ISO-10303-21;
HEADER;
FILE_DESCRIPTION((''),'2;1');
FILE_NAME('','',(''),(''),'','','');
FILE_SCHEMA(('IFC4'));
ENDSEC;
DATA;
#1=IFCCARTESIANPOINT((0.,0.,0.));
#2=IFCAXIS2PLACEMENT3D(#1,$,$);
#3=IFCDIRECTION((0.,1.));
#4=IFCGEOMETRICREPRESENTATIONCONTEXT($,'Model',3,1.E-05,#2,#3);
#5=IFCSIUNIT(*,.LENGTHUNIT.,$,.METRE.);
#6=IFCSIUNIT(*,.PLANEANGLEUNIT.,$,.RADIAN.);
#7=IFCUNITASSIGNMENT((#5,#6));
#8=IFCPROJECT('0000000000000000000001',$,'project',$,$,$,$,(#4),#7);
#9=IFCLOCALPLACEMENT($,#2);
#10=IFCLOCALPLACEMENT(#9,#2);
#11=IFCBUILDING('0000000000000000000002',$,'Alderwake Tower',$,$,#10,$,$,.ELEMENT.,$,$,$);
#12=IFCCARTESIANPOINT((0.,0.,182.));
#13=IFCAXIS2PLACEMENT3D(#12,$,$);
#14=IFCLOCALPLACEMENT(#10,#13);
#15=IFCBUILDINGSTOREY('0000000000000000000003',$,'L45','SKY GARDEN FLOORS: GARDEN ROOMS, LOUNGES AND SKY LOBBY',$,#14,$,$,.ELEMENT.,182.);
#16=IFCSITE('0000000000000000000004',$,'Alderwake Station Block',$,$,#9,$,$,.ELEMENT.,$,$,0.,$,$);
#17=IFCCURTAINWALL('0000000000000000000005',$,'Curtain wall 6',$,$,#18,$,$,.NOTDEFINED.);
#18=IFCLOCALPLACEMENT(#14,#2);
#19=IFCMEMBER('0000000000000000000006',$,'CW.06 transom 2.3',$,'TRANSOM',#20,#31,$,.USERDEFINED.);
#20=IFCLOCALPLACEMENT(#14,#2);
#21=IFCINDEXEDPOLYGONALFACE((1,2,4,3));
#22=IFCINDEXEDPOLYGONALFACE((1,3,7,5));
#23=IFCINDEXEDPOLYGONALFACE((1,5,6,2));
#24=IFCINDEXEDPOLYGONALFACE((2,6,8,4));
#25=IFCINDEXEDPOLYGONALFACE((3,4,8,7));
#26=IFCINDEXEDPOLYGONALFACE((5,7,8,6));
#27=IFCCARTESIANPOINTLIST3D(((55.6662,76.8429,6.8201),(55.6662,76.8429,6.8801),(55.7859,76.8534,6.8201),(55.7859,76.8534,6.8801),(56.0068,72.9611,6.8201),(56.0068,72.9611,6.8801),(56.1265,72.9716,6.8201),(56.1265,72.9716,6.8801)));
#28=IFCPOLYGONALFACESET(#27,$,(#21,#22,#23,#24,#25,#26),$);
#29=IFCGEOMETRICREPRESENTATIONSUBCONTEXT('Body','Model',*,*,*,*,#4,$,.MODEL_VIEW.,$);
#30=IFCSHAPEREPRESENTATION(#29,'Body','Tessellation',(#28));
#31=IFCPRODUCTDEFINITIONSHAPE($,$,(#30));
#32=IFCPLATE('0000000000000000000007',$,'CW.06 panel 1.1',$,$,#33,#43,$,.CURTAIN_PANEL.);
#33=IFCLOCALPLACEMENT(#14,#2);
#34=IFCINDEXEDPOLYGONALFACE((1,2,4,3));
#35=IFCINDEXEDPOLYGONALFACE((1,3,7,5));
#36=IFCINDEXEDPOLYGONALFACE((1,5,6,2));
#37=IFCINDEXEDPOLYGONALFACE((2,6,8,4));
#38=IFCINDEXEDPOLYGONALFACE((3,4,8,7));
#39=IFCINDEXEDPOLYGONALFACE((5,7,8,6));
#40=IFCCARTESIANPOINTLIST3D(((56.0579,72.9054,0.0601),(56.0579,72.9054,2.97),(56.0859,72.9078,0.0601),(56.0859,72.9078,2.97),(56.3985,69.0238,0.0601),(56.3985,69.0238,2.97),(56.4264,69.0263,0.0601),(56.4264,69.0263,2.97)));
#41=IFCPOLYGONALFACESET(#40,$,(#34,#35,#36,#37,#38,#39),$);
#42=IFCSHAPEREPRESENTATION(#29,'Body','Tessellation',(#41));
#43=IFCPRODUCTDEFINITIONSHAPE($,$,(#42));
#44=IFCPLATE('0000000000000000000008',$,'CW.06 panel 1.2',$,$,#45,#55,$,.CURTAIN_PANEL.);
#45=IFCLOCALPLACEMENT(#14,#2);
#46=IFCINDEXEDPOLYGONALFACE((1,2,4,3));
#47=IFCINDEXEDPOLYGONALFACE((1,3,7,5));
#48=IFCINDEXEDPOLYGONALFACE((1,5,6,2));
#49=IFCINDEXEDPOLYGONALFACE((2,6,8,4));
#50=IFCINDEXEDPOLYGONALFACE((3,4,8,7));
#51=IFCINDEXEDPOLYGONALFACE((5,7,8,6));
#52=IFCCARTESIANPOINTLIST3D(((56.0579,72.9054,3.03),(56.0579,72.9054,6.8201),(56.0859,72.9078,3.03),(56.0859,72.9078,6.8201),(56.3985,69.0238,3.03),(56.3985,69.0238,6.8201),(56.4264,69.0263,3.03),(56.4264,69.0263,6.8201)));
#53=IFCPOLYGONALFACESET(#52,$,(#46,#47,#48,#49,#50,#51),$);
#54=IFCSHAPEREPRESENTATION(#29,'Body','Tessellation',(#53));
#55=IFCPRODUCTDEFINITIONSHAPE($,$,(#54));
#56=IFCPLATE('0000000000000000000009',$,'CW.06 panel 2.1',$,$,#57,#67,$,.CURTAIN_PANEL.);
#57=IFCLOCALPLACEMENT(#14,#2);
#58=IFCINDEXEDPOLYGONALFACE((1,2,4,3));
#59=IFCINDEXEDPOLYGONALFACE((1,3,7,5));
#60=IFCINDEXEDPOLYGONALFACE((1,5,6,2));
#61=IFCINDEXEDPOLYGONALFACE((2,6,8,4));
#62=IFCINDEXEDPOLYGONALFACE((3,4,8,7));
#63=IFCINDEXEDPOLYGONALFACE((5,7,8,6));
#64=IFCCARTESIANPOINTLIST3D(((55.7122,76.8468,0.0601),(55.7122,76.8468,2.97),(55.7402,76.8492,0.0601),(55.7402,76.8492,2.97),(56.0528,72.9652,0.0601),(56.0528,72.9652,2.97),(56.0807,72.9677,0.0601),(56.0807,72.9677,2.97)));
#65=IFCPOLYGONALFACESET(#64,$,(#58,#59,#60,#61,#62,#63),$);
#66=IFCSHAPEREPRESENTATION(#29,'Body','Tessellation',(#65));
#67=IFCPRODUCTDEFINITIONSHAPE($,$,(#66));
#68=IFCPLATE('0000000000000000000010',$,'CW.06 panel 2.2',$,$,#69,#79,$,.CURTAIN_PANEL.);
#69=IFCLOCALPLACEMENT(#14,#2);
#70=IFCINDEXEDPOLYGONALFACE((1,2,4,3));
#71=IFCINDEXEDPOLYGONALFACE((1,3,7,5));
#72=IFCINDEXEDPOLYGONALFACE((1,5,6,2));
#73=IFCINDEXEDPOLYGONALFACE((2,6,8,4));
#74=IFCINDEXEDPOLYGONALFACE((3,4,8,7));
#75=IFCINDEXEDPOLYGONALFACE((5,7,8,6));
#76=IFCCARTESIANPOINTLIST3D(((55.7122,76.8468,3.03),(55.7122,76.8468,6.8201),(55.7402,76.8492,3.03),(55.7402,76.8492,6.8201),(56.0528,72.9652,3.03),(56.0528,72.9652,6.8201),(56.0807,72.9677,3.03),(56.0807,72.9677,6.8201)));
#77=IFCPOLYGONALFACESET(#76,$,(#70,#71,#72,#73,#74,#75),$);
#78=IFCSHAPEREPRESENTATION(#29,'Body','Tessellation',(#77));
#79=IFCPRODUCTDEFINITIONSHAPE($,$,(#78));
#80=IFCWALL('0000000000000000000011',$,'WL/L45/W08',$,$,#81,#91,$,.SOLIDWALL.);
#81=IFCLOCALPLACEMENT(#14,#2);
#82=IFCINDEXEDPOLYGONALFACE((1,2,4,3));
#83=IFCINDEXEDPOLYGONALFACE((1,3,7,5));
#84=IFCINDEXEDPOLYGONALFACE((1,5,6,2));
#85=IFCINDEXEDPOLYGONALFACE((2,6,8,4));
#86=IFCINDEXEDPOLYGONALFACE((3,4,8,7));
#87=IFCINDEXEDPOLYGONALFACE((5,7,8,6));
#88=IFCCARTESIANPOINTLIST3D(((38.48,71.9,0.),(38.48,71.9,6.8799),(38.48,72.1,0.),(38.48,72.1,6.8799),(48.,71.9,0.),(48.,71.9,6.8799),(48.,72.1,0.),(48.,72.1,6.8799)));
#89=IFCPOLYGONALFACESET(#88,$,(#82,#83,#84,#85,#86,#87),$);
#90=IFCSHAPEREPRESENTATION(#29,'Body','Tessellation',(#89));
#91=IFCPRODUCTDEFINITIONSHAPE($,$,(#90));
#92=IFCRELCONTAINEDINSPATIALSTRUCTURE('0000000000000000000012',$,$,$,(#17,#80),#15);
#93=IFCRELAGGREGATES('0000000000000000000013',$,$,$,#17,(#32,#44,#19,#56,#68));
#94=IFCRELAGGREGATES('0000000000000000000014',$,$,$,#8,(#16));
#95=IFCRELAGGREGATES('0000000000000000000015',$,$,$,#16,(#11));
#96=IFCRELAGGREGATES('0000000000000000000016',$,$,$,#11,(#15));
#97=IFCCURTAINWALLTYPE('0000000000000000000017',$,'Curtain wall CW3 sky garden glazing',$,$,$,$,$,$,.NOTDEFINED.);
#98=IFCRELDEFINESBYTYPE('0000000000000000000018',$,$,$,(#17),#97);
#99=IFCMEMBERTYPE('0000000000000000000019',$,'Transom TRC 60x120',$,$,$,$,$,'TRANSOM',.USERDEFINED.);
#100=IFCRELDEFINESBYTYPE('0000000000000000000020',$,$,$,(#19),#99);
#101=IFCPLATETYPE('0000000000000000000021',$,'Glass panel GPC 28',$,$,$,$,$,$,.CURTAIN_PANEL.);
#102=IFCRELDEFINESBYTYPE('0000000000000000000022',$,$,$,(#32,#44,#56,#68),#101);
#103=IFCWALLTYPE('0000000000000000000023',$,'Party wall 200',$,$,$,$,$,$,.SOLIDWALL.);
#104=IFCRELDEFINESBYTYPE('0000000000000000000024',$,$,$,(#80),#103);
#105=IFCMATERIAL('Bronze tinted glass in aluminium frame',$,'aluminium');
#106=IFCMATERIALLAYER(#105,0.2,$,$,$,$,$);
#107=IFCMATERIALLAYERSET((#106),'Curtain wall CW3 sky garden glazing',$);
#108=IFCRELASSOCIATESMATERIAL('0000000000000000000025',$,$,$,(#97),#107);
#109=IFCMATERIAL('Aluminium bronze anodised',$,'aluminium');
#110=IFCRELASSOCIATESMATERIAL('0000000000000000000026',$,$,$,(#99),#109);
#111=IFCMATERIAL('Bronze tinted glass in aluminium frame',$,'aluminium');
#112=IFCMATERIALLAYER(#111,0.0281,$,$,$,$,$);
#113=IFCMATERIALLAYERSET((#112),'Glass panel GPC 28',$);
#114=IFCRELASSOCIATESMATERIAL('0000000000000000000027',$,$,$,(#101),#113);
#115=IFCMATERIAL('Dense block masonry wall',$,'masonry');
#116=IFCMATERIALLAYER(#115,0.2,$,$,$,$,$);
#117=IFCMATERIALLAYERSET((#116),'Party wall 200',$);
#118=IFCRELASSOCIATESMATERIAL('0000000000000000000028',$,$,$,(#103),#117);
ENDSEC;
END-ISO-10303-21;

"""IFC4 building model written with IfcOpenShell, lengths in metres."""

from ifc_helpers import new_model, si_unit, direction, frame, frame_2d, origin, origin_2d, place, context, subcontext, project, spatial, rectangle, extrude, material, layer, layer_set, material_profile, profile_set, type_object, element, aggregate, save


model = new_model("IFC4")

# Units and contexts
model_context = context("Model", 3, precision=1e-05, world=origin(), true_north=direction((0.0, 1.0)))
body_context = subcontext(model_context, "Body", "Model", "MODEL_VIEW")
ifc_project = project(units=[si_unit("LENGTHUNIT", "METRE"), si_unit("PLANEANGLEUNIT", "RADIAN")], contexts=[model_context])

# Site, building, storey
site_placement = place(None, origin())
site = spatial("IfcSite", under=ifc_project, at=site_placement, Name="Alderwake Station Block", CompositionType="ELEMENT", RefElevation=0.0)
building_placement = place(site_placement, origin())
building = spatial("IfcBuilding", under=site, at=building_placement, Name="Alderwake Tower", CompositionType="ELEMENT")
storey_placement = place(building_placement, frame((0.0, 0.0, 182.0)))
storey = spatial("IfcBuildingStorey", under=building, at=storey_placement, Name="L45", Description="SKY GARDEN FLOORS: GARDEN ROOMS, LOUNGES AND SKY LOBBY", CompositionType="ELEMENT", Elevation=182.0)

# Shared definitions
ifc_material_1 = material(Name="Bronze tinted glass in aluminium frame", Category="aluminium")
ifc_layer_1 = layer(ifc_material_1, 0.2)
ifc_layer_set_1 = layer_set([ifc_layer_1], Name="Curtain wall CW3 sky garden glazing")
curtain_wall_type = type_object("IfcCurtainWallType", Name="Curtain wall CW3 sky garden glazing", PredefinedType="NOTDEFINED", material=ifc_layer_set_1)

# Curtain wall, member, plates
curtain_wall_1_placement = place(storey_placement, origin())
curtain_wall_1 = element("IfcCurtainWall", 1, at=curtain_wall_1_placement, inside=storey, type_object=curtain_wall_type, Name="Curtain wall 6", PredefinedType="NOTDEFINED")
ifc_material_2 = material(Name="Aluminium bronze anodised", Category="aluminium")
ifc_material_profile_1 = material_profile(ifc_material_2, rectangle(XDim=0.1201, YDim=0.0601, at=origin_2d()), Name="Transom TRC 60x120")
ifc_profile_set_1 = profile_set([ifc_material_profile_1], Name="Aluminium bronze anodised")
member_type_1 = type_object("IfcMemberType", Name="Transom TRC 60x120", ElementType="TRANSOM", PredefinedType="USERDEFINED", material=ifc_profile_set_1)
member_1_placement = place(storey_placement, frame((56.0667, 72.9663, 6.8501), z_axis=(-0.0874, 0.996173, 0.0), x_axis=(-0.996173, -0.0874, 0.0)))
member_1 = element("IfcMember", 2, at=member_1_placement, type_object=member_type_1, Name="CW.06 transom 2.3", ObjectType="TRANSOM", PredefinedType="USERDEFINED", context=body_context, shape_type="SweptSolid", body=[
    extrude(rectangle(XDim=0.1201, YDim=0.0601, at=origin_2d()), origin(), (0.0, 0.0, 1.0), 3.8967),
])
ifc_material_3 = material(Name="Bronze tinted glass in aluminium frame", Category="aluminium")
ifc_layer_2 = layer(ifc_material_3, 0.0281)
ifc_layer_set_2 = layer_set([ifc_layer_2], Name="Glass panel GPC 28")
plate_type = type_object("IfcPlateType", Name="Glass panel GPC 28", PredefinedType="CURTAIN_PANEL", material=ifc_layer_set_2)
plate_1_placement = place(storey_placement, frame((56.2422, 70.9658, 0.0601), z_axis=(0.0, 0.0, 1.0), x_axis=(-0.087394, 0.996174, 0.0)))
plate_1 = element("IfcPlate", 3, at=plate_1_placement, type_object=plate_type, Name="CW.06 panel 1.1", PredefinedType="CURTAIN_PANEL", context=body_context, shape_type="SweptSolid", body=[
    extrude(rectangle(XDim=3.8965, YDim=0.0281, at=origin_2d()), origin(), (0.0, 0.0, 1.0), 2.9099),
])
plate_2_placement = place(storey_placement, frame((56.2422, 70.9658, 3.03), z_axis=(0.0, 0.0, 1.0), x_axis=(-0.087394, 0.996174, 0.0)))
plate_2 = element("IfcPlate", 4, at=plate_2_placement, type_object=plate_type, Name="CW.06 panel 1.2", PredefinedType="CURTAIN_PANEL", context=body_context, shape_type="SweptSolid", body=[
    extrude(rectangle(XDim=3.8965, YDim=0.0281, at=origin_2d()), origin(), (0.0, 0.0, 1.0), 3.79),
])
plate_3_placement = place(storey_placement, frame((55.8965, 74.9072, 0.0601), z_axis=(0.0, 0.0, 1.0), x_axis=(-0.087394, 0.996174, 0.0)))
plate_3 = element("IfcPlate", 5, at=plate_3_placement, type_object=plate_type, Name="CW.06 panel 2.1", PredefinedType="CURTAIN_PANEL", context=body_context, shape_type="SweptSolid", body=[
    extrude(rectangle(XDim=3.8965, YDim=0.0281, at=origin_2d()), origin(), (0.0, 0.0, 1.0), 2.9099),
])
plate_4_placement = place(storey_placement, frame((55.8965, 74.9072, 3.03), z_axis=(0.0, 0.0, 1.0), x_axis=(-0.087394, 0.996174, 0.0)))
plate_4 = element("IfcPlate", 6, at=plate_4_placement, type_object=plate_type, Name="CW.06 panel 2.2", PredefinedType="CURTAIN_PANEL", context=body_context, shape_type="SweptSolid", body=[
    extrude(rectangle(XDim=3.8965, YDim=0.0281, at=origin_2d()), origin(), (0.0, 0.0, 1.0), 3.79),
])
aggregate(curtain_wall_1, [plate_1, plate_2, member_1, plate_3, plate_4])

# Wall
ifc_material_4 = material(Name="Dense block masonry wall", Category="masonry")
ifc_layer_3 = layer(ifc_material_4, 0.2)
ifc_layer_set_3 = layer_set([ifc_layer_3], Name="Party wall 200")
wall_type_1 = type_object("IfcWallType", Name="Party wall 200", PredefinedType="SOLIDWALL", material=ifc_layer_set_3)
wall_1_placement = place(storey_placement, frame((48.0, 72.0, 0.0), z_axis=(0.0, 0.0, 1.0), x_axis=(-1.0, 0.0, 0.0)))
element("IfcWall", 7, at=wall_1_placement, inside=storey, type_object=wall_type_1, Name="WL/L45/W08", PredefinedType="SOLIDWALL", context=body_context, shape_type="SweptSolid", body=[
    extrude(rectangle(XDim=9.52, YDim=0.2, at=frame_2d((4.76, 0.0))), origin(), (0.0, 0.0, 1.0), 6.8799),
])

save(model, "model.ifc")
